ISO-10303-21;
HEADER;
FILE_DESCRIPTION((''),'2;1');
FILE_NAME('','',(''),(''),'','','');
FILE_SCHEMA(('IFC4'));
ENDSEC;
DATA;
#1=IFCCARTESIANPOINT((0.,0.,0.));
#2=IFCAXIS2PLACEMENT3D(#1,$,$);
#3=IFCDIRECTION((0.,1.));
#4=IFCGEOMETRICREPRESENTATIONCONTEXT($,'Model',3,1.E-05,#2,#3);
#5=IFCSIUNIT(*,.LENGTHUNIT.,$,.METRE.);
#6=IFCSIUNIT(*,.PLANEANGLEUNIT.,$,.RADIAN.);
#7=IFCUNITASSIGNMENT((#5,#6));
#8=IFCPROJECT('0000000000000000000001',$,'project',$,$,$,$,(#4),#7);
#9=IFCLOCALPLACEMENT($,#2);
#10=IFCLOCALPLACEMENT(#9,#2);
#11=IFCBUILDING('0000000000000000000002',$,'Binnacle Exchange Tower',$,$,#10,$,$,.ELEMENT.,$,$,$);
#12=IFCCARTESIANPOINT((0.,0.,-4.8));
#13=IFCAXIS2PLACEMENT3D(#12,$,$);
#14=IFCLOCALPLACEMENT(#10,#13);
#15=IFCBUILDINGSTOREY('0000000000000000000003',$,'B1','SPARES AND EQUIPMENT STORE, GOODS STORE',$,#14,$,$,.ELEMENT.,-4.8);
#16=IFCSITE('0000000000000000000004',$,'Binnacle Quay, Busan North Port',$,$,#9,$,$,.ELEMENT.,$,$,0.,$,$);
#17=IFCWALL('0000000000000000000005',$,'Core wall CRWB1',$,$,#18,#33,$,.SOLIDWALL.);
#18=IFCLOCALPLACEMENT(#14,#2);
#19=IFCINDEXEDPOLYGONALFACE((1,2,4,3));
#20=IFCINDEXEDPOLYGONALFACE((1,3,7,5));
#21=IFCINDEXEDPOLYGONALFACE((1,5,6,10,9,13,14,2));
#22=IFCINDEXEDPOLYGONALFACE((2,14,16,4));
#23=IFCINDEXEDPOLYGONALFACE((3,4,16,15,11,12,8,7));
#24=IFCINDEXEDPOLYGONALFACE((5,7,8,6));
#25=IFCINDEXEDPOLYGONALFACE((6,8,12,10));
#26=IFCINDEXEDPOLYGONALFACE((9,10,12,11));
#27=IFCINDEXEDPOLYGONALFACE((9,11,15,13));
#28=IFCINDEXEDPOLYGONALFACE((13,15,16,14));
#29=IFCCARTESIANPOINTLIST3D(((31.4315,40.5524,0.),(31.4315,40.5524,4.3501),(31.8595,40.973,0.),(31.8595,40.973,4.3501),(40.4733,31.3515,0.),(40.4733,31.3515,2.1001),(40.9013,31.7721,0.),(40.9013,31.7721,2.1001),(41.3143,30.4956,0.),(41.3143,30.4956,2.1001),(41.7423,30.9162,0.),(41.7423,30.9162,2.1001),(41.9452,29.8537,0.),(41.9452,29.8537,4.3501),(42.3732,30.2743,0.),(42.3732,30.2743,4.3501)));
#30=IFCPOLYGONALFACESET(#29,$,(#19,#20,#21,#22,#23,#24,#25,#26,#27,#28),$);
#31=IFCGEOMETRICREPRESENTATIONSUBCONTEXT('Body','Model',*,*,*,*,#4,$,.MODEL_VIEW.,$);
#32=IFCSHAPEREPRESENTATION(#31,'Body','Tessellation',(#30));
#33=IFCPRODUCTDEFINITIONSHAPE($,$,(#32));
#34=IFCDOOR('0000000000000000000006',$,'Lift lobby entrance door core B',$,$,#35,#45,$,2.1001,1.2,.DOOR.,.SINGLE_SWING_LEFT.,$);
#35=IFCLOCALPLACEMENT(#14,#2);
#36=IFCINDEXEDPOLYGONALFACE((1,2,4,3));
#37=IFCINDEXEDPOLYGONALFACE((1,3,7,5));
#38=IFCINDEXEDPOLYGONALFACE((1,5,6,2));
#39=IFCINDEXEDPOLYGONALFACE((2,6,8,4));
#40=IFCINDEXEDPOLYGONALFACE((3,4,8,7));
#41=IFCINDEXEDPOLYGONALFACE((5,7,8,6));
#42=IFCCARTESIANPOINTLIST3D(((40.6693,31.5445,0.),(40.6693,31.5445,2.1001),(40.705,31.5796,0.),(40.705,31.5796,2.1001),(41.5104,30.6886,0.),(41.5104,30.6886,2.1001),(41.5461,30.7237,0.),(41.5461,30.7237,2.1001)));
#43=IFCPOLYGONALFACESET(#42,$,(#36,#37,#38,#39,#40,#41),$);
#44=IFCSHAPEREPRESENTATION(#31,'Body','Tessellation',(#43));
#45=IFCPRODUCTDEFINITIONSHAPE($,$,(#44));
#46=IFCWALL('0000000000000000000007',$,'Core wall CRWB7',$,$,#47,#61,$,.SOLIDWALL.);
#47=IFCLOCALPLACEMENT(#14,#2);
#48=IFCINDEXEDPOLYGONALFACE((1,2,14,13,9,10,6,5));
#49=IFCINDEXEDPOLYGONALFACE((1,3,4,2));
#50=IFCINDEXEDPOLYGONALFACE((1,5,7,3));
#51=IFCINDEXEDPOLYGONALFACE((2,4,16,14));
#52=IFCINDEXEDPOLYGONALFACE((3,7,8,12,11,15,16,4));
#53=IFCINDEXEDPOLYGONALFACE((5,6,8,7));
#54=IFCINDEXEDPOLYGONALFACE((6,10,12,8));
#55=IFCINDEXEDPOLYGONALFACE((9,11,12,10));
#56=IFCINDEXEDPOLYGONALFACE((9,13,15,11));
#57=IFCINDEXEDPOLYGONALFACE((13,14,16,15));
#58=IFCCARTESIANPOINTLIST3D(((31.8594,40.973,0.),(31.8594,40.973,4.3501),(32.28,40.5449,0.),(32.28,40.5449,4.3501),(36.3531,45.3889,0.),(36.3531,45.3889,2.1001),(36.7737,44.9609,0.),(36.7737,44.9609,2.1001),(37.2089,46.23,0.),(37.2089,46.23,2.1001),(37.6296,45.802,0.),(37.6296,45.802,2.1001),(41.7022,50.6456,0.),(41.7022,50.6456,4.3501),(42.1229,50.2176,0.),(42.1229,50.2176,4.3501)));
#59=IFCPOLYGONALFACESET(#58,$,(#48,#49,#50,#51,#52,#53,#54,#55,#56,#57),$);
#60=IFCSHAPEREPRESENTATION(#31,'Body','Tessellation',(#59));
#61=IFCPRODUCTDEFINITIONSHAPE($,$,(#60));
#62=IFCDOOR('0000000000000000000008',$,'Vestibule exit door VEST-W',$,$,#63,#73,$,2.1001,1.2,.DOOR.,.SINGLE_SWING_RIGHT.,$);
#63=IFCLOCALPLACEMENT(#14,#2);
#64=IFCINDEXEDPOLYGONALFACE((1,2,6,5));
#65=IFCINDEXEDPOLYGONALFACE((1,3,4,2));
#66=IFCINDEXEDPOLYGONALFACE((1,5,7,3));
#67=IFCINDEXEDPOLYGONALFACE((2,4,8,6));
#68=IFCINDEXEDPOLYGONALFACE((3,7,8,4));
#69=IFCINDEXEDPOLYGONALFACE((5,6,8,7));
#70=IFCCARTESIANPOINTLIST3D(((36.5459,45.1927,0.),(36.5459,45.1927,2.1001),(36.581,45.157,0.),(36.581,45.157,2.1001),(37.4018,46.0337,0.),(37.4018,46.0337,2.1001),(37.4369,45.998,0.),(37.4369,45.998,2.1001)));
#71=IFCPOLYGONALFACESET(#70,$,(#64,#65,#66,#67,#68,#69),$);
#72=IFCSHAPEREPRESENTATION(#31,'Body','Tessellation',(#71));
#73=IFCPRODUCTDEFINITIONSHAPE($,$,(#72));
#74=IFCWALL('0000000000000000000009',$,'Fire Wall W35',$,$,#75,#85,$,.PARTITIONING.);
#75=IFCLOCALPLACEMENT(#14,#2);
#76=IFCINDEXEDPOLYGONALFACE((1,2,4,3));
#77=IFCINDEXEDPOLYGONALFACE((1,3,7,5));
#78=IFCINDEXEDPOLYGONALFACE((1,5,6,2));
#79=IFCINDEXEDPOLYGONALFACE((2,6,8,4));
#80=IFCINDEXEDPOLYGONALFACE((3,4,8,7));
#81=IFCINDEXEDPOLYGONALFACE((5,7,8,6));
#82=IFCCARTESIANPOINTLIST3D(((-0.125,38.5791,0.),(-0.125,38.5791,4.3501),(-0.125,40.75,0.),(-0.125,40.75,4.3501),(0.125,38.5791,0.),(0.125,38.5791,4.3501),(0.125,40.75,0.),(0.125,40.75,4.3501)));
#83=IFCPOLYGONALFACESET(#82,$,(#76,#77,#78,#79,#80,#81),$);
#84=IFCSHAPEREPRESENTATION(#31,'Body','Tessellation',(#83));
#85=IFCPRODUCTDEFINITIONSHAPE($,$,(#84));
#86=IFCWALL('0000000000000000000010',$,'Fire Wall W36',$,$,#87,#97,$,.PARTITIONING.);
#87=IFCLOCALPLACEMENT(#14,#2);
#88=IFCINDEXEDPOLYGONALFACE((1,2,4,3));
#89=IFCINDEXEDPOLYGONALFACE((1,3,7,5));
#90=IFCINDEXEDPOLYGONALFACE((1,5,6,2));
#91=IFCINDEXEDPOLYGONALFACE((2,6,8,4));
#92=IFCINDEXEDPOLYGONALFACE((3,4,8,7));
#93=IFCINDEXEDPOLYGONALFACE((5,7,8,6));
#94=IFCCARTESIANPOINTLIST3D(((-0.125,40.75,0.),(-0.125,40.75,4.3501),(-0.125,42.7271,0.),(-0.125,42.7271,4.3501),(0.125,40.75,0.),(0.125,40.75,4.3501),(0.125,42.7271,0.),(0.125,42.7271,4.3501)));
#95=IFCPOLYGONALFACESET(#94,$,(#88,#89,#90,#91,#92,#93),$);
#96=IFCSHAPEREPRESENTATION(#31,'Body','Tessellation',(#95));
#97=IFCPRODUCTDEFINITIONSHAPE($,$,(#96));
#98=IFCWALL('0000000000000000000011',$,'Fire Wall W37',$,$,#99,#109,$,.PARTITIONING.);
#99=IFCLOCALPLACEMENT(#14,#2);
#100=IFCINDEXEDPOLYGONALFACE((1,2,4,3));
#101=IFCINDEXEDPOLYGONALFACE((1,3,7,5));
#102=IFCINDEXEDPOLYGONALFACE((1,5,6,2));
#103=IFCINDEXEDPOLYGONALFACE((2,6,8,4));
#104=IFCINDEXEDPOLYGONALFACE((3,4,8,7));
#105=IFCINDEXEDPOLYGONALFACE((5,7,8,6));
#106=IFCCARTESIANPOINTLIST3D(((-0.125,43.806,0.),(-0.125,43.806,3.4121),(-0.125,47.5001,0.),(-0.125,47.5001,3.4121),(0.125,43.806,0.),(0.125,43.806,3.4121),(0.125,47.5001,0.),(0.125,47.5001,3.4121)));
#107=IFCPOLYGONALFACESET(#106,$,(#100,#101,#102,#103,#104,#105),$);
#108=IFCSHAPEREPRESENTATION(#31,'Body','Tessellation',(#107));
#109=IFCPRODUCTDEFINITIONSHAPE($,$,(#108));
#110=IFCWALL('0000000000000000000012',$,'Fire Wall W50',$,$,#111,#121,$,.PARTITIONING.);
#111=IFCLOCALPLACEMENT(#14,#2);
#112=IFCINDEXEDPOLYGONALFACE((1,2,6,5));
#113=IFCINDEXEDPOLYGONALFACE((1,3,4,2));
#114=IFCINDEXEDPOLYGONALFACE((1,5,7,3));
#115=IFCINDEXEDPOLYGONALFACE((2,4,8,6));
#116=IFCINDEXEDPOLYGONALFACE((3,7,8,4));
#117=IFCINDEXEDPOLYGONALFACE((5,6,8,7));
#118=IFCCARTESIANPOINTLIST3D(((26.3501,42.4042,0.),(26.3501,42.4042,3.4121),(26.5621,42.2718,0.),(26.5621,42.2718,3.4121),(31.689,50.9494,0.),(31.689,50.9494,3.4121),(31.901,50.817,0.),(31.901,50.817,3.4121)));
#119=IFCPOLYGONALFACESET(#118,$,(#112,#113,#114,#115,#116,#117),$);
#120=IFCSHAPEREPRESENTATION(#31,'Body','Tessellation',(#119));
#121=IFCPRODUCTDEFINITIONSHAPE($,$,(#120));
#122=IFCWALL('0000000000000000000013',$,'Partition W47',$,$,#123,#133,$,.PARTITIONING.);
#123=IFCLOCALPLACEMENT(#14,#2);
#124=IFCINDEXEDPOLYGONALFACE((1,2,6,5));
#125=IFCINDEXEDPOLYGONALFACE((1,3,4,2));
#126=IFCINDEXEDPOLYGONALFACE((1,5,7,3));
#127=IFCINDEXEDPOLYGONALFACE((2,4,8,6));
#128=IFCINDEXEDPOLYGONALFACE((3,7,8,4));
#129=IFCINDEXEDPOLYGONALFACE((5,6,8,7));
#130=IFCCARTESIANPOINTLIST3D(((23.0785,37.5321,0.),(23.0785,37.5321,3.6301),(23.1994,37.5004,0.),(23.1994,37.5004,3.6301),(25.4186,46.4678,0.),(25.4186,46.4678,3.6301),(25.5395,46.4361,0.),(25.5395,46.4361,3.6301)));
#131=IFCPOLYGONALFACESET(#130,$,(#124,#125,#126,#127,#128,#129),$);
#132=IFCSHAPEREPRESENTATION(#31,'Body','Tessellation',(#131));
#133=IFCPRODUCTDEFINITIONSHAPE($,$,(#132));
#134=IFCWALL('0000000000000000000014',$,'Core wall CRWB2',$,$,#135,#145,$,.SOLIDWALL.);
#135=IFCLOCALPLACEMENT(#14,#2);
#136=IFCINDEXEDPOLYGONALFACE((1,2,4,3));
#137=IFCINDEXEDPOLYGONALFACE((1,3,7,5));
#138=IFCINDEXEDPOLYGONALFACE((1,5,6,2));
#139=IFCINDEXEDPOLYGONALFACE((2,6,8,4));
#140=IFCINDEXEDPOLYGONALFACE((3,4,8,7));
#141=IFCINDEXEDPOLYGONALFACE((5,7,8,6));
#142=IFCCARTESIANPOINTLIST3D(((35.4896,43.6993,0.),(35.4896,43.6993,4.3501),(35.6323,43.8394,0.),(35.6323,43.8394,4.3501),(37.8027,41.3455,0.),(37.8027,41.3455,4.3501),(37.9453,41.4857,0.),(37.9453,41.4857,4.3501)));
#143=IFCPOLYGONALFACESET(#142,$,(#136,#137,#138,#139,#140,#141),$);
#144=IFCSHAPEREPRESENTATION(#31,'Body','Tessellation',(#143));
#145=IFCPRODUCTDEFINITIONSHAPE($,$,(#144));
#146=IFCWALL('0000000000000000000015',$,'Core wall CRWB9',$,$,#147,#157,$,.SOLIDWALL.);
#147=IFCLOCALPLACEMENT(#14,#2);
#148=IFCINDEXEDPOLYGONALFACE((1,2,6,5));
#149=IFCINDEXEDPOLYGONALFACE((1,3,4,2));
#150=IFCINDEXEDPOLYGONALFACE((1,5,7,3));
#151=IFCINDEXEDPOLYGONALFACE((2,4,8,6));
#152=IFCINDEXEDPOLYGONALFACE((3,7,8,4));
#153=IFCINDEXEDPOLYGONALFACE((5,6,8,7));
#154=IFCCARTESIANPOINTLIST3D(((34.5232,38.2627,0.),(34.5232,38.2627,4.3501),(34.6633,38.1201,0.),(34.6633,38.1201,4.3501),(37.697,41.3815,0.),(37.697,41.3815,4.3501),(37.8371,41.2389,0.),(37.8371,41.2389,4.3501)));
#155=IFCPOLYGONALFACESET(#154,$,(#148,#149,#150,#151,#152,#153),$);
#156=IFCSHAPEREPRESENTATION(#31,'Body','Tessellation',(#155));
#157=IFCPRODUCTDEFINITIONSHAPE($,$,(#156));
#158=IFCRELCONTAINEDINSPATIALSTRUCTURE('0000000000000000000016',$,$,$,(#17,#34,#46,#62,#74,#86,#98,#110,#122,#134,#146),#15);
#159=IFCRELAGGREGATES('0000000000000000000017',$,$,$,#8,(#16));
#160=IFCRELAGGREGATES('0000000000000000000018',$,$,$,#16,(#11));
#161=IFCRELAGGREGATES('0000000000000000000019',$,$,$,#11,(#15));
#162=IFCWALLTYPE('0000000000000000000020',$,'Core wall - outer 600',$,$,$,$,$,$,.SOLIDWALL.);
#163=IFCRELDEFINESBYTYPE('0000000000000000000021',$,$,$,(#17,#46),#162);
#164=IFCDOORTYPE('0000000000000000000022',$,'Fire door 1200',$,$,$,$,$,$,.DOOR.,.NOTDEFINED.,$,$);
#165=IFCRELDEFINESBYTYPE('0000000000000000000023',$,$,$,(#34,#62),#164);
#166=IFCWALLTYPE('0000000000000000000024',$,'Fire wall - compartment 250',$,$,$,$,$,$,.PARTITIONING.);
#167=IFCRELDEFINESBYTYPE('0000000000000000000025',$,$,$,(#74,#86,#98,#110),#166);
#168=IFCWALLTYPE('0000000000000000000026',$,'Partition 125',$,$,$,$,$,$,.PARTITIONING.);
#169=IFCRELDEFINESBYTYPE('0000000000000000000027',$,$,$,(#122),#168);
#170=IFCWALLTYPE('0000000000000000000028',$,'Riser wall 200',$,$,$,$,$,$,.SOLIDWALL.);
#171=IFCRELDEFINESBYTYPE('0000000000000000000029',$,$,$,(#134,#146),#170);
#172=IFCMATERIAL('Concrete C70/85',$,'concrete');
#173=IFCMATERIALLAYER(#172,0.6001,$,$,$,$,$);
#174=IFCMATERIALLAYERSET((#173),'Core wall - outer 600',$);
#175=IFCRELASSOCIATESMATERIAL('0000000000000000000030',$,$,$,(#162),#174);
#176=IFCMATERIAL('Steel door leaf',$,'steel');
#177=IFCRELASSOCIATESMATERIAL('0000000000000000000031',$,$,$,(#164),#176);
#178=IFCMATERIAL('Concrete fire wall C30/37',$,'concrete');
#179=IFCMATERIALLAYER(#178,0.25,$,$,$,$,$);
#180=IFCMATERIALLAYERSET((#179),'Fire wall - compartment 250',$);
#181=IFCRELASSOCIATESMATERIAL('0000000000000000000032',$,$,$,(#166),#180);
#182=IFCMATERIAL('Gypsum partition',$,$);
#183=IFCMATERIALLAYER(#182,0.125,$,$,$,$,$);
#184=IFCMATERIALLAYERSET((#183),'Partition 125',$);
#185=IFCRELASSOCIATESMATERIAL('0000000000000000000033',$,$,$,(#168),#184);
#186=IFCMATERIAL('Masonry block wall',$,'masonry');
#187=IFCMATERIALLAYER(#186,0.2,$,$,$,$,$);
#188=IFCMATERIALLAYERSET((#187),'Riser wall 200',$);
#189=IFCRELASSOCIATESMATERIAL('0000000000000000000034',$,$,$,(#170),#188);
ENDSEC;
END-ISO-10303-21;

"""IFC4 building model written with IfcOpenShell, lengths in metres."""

from ifc_helpers import new_model, si_unit, direction, frame, frame_2d, origin, place, context, subcontext, project, spatial, rectangle, extrude, material, layer, layer_set, type_object, element, fill, save


model = new_model("IFC4")

# Units and contexts
model_context = context("Model", 3, precision=1e-05, world=origin(), true_north=direction((0.0, 1.0)))
body_context = subcontext(model_context, "Body", "Model", "MODEL_VIEW")
ifc_project = project(units=[si_unit("LENGTHUNIT", "METRE"), si_unit("PLANEANGLEUNIT", "RADIAN")], contexts=[model_context])

# Site, building, storey
site_placement = place(None, origin())
site = spatial("IfcSite", under=ifc_project, at=site_placement, Name="Binnacle Quay, Busan North Port", CompositionType="ELEMENT", RefElevation=0.0)
building_placement = place(site_placement, origin())
building = spatial("IfcBuilding", under=site, at=building_placement, Name="Binnacle Exchange Tower", CompositionType="ELEMENT")
storey_placement = place(building_placement, frame((0.0, 0.0, -4.8)))
storey = spatial("IfcBuildingStorey", under=building, at=storey_placement, Name="B1", Description="SPARES AND EQUIPMENT STORE, GOODS STORE", CompositionType="ELEMENT", Elevation=-4.8)

# Shared definitions
ifc_material_1 = material(Name="Concrete C70/85", Category="concrete")

# Walls, openings, doors
ifc_layer_1 = layer(ifc_material_1, 0.6001)
ifc_layer_set_1 = layer_set([ifc_layer_1], Name="Core wall - outer 600")
wall_type_1 = type_object("IfcWallType", Name="Core wall - outer 600", PredefinedType="SOLIDWALL", material=ifc_layer_set_1)
wall_1_placement = place(storey_placement, frame((31.6455, 40.7627, 0.0), z_axis=(0.0, 0.0, 1.0), x_axis=(0.700911, -0.713248, 0.0)))
wall_1 = element("IfcWall", 1, at=wall_1_placement, inside=storey, type_object=wall_type_1, Name="Core wall CRWB1", PredefinedType="SOLIDWALL", context=body_context, shape_type="SweptSolid", body=[
    extrude(rectangle(XDim=15.0, YDim=0.6001, at=frame_2d((7.5, 0.0))), origin(), (0.0, 0.0, 1.0), 4.3501),
])
opening_1_placement = place(wall_1_placement, frame((12.8999, 0.0, 0.0)))
opening_1 = element("IfcOpeningElement", 2, at=opening_1_placement, cuts=wall_1, PredefinedType="OPENING", context=body_context, shape_type="SweptSolid", body=[
    extrude(rectangle(XDim=1.2, YDim=2.1001, at=frame_2d((0.6001, 1.05))), frame((0.0, 0.3101, 0.0), z_axis=(0.0, -1.0, 0.0), x_axis=(1.0, 0.0, 0.0)), (0.0, 0.0, 1.0), 0.6201),
])
ifc_material_2 = material(Name="Steel door leaf", Category="steel")
door_type = type_object("IfcDoorType", Name="Fire door 1200", OperationType="NOTDEFINED", PredefinedType="DOOR", material=ifc_material_2)
door_1_placement = place(opening_1_placement, frame((1.2, 0.0, 0.0), z_axis=(0.0, 0.0, 1.0), x_axis=(-1.0, 0.0, 0.0)))
door_1 = element("IfcDoor", 3, at=door_1_placement, inside=storey, type_object=door_type, Name="Lift lobby entrance door core B", OperationType="SINGLE_SWING_LEFT", OverallHeight=2.1001, OverallWidth=1.2, PredefinedType="DOOR", context=body_context, shape_type="SweptSolid", body=[
    extrude(rectangle(XDim=1.2, YDim=2.1001, at=frame_2d((0.6001, 1.05))), frame((0.0, 0.0249, 0.0), z_axis=(0.0, -1.0, 0.0), x_axis=(1.0, 0.0, 0.0)), (0.0, 0.0, 1.0), 0.05),
])
fill(opening_1, door_1)
wall_2_placement = place(storey_placement, frame((32.0698, 40.759, 0.0), z_axis=(0.0, 0.0, 1.0), x_axis=(0.713245, 0.700914, 0.0)))
wall_2 = element("IfcWall", 4, at=wall_2_placement, inside=storey, type_object=wall_type_1, Name="Core wall CRWB7", PredefinedType="SOLIDWALL", context=body_context, shape_type="SweptSolid", body=[
    extrude(rectangle(XDim=13.8, YDim=0.6001, at=frame_2d((6.8999, 0.0))), origin(), (0.0, 0.0, 1.0), 4.3501),
])
opening_2_placement = place(wall_2_placement, frame((6.3, 0.0, 0.0)))
opening_2 = element("IfcOpeningElement", 5, at=opening_2_placement, cuts=wall_2, PredefinedType="OPENING", context=body_context, shape_type="SweptSolid", body=[
    extrude(rectangle(XDim=1.2, YDim=2.1001, at=frame_2d((0.6001, 1.05))), frame((0.0, 0.3101, 0.0), z_axis=(0.0, -1.0, 0.0), x_axis=(1.0, 0.0, 0.0)), (0.0, 0.0, 1.0), 0.6201),
])
door_2_placement = place(opening_2_placement, origin())
door_2 = element("IfcDoor", 6, at=door_2_placement, inside=storey, type_object=door_type, Name="Vestibule exit door VEST-W", OperationType="SINGLE_SWING_RIGHT", OverallHeight=2.1001, OverallWidth=1.2, PredefinedType="DOOR", context=body_context, shape_type="SweptSolid", body=[
    extrude(rectangle(XDim=1.2, YDim=2.1001, at=frame_2d((0.6001, 1.05))), frame((0.0, 0.0249, 0.0), z_axis=(0.0, -1.0, 0.0), x_axis=(1.0, 0.0, 0.0)), (0.0, 0.0, 1.0), 0.05),
])
fill(opening_2, door_2)

# Walls
ifc_material_3 = material(Name="Concrete fire wall C30/37", Category="concrete")
ifc_layer_2 = layer(ifc_material_3, 0.25)
ifc_layer_set_2 = layer_set([ifc_layer_2], Name="Fire wall - compartment 250")
wall_type_2 = type_object("IfcWallType", Name="Fire wall - compartment 250", PredefinedType="PARTITIONING", material=ifc_layer_set_2)
wall_3_placement = place(storey_placement, frame((0.0, 38.5791, 0.0), z_axis=(0.0, 0.0, 1.0), x_axis=(0.0, 1.0, 0.0)))
element("IfcWall", 7, at=wall_3_placement, inside=storey, type_object=wall_type_2, Name="Fire Wall W35", PredefinedType="PARTITIONING", context=body_context, shape_type="SweptSolid", body=[
    extrude(rectangle(XDim=2.1709, YDim=0.25, at=frame_2d((1.0854, 0.0))), origin(), (0.0, 0.0, 1.0), 4.3501),
])
wall_4_placement = place(storey_placement, frame((0.0, 40.75, 0.0), z_axis=(0.0, 0.0, 1.0), x_axis=(0.0, 1.0, 0.0)))
element("IfcWall", 8, at=wall_4_placement, inside=storey, type_object=wall_type_2, Name="Fire Wall W36", PredefinedType="PARTITIONING", context=body_context, shape_type="SweptSolid", body=[
    extrude(rectangle(XDim=1.9771, YDim=0.25, at=frame_2d((0.9885, 0.0))), origin(), (0.0, 0.0, 1.0), 4.3501),
])
wall_5_placement = place(storey_placement, frame((0.0, 43.8059, 0.0), z_axis=(0.0, 0.0, 1.0), x_axis=(0.0, 1.0, 0.0)))
element("IfcWall", 9, at=wall_5_placement, inside=storey, type_object=wall_type_2, Name="Fire Wall W37", PredefinedType="PARTITIONING", context=body_context, shape_type="SweptSolid", body=[
    extrude(rectangle(XDim=3.6941, YDim=0.25, at=frame_2d((1.8472, 0.0))), origin(), (0.0, 0.0, 1.0), 3.4121),
])
wall_6_placement = place(storey_placement, frame((26.4561, 42.3379, 0.0), z_axis=(0.0, 0.0, 1.0), x_axis=(0.529866, 0.848081, 0.0)))
element("IfcWall", 10, at=wall_6_placement, inside=storey, type_object=wall_type_2, Name="Fire Wall W50", PredefinedType="PARTITIONING", context=body_context, shape_type="SweptSolid", body=[
    extrude(rectangle(XDim=10.0759, YDim=0.25, at=frame_2d((5.0381, 0.0))), origin(), (0.0, 0.0, 1.0), 3.4121),
])
ifc_material_4 = material(Name="Gypsum partition")
ifc_layer_3 = layer(ifc_material_4, 0.125)
ifc_layer_set_3 = layer_set([ifc_layer_3], Name="Partition 125")
wall_type_3 = type_object("IfcWallType", Name="Partition 125", PredefinedType="PARTITIONING", material=ifc_layer_set_3)
wall_7_placement = place(storey_placement, frame((23.1389, 37.5161, 0.0), z_axis=(0.0, 0.0, 1.0), x_axis=(0.253335, 0.967379, 0.0)))
element("IfcWall", 11, at=wall_7_placement, inside=storey, type_object=wall_type_3, Name="Partition W47", PredefinedType="PARTITIONING", context=body_context, shape_type="SweptSolid", body=[
    extrude(rectangle(XDim=9.2371, YDim=0.125, at=frame_2d((4.6187, 0.0))), origin(), (0.0, 0.0, 1.0), 3.6301),
])
ifc_material_5 = material(Name="Masonry block wall", Category="masonry")
ifc_layer_4 = layer(ifc_material_5, 0.2)
ifc_layer_set_4 = layer_set([ifc_layer_4], Name="Riser wall 200")
wall_type_4 = type_object("IfcWallType", Name="Riser wall 200", PredefinedType="SOLIDWALL", material=ifc_layer_set_4)
wall_8_placement = place(storey_placement, frame((35.561, 43.7693, 0.0), z_axis=(0.0, 0.0, 1.0), x_axis=(0.700902, -0.713257, 0.0)))
element("IfcWall", 12, at=wall_8_placement, inside=storey, type_object=wall_type_4, Name="Core wall CRWB2", PredefinedType="SOLIDWALL", context=body_context, shape_type="SweptSolid", body=[
    extrude(rectangle(XDim=3.3, YDim=0.2, at=frame_2d((1.6499, 0.0))), origin(), (0.0, 0.0, 1.0), 4.3501),
])
wall_9_placement = place(storey_placement, frame((34.5933, 38.1914, 0.0), z_axis=(0.0, 0.0, 1.0), x_axis=(0.713252, 0.700907, 0.0)))
element("IfcWall", 13, at=wall_9_placement, inside=storey, type_object=wall_type_4, Name="Core wall CRWB9", PredefinedType="SOLIDWALL", context=body_context, shape_type="SweptSolid", body=[
    extrude(rectangle(XDim=4.4497, YDim=0.2, at=frame_2d((2.2249, 0.0))), origin(), (0.0, 0.0, 1.0), 4.3501),
])

save(model, "model.ifc")
